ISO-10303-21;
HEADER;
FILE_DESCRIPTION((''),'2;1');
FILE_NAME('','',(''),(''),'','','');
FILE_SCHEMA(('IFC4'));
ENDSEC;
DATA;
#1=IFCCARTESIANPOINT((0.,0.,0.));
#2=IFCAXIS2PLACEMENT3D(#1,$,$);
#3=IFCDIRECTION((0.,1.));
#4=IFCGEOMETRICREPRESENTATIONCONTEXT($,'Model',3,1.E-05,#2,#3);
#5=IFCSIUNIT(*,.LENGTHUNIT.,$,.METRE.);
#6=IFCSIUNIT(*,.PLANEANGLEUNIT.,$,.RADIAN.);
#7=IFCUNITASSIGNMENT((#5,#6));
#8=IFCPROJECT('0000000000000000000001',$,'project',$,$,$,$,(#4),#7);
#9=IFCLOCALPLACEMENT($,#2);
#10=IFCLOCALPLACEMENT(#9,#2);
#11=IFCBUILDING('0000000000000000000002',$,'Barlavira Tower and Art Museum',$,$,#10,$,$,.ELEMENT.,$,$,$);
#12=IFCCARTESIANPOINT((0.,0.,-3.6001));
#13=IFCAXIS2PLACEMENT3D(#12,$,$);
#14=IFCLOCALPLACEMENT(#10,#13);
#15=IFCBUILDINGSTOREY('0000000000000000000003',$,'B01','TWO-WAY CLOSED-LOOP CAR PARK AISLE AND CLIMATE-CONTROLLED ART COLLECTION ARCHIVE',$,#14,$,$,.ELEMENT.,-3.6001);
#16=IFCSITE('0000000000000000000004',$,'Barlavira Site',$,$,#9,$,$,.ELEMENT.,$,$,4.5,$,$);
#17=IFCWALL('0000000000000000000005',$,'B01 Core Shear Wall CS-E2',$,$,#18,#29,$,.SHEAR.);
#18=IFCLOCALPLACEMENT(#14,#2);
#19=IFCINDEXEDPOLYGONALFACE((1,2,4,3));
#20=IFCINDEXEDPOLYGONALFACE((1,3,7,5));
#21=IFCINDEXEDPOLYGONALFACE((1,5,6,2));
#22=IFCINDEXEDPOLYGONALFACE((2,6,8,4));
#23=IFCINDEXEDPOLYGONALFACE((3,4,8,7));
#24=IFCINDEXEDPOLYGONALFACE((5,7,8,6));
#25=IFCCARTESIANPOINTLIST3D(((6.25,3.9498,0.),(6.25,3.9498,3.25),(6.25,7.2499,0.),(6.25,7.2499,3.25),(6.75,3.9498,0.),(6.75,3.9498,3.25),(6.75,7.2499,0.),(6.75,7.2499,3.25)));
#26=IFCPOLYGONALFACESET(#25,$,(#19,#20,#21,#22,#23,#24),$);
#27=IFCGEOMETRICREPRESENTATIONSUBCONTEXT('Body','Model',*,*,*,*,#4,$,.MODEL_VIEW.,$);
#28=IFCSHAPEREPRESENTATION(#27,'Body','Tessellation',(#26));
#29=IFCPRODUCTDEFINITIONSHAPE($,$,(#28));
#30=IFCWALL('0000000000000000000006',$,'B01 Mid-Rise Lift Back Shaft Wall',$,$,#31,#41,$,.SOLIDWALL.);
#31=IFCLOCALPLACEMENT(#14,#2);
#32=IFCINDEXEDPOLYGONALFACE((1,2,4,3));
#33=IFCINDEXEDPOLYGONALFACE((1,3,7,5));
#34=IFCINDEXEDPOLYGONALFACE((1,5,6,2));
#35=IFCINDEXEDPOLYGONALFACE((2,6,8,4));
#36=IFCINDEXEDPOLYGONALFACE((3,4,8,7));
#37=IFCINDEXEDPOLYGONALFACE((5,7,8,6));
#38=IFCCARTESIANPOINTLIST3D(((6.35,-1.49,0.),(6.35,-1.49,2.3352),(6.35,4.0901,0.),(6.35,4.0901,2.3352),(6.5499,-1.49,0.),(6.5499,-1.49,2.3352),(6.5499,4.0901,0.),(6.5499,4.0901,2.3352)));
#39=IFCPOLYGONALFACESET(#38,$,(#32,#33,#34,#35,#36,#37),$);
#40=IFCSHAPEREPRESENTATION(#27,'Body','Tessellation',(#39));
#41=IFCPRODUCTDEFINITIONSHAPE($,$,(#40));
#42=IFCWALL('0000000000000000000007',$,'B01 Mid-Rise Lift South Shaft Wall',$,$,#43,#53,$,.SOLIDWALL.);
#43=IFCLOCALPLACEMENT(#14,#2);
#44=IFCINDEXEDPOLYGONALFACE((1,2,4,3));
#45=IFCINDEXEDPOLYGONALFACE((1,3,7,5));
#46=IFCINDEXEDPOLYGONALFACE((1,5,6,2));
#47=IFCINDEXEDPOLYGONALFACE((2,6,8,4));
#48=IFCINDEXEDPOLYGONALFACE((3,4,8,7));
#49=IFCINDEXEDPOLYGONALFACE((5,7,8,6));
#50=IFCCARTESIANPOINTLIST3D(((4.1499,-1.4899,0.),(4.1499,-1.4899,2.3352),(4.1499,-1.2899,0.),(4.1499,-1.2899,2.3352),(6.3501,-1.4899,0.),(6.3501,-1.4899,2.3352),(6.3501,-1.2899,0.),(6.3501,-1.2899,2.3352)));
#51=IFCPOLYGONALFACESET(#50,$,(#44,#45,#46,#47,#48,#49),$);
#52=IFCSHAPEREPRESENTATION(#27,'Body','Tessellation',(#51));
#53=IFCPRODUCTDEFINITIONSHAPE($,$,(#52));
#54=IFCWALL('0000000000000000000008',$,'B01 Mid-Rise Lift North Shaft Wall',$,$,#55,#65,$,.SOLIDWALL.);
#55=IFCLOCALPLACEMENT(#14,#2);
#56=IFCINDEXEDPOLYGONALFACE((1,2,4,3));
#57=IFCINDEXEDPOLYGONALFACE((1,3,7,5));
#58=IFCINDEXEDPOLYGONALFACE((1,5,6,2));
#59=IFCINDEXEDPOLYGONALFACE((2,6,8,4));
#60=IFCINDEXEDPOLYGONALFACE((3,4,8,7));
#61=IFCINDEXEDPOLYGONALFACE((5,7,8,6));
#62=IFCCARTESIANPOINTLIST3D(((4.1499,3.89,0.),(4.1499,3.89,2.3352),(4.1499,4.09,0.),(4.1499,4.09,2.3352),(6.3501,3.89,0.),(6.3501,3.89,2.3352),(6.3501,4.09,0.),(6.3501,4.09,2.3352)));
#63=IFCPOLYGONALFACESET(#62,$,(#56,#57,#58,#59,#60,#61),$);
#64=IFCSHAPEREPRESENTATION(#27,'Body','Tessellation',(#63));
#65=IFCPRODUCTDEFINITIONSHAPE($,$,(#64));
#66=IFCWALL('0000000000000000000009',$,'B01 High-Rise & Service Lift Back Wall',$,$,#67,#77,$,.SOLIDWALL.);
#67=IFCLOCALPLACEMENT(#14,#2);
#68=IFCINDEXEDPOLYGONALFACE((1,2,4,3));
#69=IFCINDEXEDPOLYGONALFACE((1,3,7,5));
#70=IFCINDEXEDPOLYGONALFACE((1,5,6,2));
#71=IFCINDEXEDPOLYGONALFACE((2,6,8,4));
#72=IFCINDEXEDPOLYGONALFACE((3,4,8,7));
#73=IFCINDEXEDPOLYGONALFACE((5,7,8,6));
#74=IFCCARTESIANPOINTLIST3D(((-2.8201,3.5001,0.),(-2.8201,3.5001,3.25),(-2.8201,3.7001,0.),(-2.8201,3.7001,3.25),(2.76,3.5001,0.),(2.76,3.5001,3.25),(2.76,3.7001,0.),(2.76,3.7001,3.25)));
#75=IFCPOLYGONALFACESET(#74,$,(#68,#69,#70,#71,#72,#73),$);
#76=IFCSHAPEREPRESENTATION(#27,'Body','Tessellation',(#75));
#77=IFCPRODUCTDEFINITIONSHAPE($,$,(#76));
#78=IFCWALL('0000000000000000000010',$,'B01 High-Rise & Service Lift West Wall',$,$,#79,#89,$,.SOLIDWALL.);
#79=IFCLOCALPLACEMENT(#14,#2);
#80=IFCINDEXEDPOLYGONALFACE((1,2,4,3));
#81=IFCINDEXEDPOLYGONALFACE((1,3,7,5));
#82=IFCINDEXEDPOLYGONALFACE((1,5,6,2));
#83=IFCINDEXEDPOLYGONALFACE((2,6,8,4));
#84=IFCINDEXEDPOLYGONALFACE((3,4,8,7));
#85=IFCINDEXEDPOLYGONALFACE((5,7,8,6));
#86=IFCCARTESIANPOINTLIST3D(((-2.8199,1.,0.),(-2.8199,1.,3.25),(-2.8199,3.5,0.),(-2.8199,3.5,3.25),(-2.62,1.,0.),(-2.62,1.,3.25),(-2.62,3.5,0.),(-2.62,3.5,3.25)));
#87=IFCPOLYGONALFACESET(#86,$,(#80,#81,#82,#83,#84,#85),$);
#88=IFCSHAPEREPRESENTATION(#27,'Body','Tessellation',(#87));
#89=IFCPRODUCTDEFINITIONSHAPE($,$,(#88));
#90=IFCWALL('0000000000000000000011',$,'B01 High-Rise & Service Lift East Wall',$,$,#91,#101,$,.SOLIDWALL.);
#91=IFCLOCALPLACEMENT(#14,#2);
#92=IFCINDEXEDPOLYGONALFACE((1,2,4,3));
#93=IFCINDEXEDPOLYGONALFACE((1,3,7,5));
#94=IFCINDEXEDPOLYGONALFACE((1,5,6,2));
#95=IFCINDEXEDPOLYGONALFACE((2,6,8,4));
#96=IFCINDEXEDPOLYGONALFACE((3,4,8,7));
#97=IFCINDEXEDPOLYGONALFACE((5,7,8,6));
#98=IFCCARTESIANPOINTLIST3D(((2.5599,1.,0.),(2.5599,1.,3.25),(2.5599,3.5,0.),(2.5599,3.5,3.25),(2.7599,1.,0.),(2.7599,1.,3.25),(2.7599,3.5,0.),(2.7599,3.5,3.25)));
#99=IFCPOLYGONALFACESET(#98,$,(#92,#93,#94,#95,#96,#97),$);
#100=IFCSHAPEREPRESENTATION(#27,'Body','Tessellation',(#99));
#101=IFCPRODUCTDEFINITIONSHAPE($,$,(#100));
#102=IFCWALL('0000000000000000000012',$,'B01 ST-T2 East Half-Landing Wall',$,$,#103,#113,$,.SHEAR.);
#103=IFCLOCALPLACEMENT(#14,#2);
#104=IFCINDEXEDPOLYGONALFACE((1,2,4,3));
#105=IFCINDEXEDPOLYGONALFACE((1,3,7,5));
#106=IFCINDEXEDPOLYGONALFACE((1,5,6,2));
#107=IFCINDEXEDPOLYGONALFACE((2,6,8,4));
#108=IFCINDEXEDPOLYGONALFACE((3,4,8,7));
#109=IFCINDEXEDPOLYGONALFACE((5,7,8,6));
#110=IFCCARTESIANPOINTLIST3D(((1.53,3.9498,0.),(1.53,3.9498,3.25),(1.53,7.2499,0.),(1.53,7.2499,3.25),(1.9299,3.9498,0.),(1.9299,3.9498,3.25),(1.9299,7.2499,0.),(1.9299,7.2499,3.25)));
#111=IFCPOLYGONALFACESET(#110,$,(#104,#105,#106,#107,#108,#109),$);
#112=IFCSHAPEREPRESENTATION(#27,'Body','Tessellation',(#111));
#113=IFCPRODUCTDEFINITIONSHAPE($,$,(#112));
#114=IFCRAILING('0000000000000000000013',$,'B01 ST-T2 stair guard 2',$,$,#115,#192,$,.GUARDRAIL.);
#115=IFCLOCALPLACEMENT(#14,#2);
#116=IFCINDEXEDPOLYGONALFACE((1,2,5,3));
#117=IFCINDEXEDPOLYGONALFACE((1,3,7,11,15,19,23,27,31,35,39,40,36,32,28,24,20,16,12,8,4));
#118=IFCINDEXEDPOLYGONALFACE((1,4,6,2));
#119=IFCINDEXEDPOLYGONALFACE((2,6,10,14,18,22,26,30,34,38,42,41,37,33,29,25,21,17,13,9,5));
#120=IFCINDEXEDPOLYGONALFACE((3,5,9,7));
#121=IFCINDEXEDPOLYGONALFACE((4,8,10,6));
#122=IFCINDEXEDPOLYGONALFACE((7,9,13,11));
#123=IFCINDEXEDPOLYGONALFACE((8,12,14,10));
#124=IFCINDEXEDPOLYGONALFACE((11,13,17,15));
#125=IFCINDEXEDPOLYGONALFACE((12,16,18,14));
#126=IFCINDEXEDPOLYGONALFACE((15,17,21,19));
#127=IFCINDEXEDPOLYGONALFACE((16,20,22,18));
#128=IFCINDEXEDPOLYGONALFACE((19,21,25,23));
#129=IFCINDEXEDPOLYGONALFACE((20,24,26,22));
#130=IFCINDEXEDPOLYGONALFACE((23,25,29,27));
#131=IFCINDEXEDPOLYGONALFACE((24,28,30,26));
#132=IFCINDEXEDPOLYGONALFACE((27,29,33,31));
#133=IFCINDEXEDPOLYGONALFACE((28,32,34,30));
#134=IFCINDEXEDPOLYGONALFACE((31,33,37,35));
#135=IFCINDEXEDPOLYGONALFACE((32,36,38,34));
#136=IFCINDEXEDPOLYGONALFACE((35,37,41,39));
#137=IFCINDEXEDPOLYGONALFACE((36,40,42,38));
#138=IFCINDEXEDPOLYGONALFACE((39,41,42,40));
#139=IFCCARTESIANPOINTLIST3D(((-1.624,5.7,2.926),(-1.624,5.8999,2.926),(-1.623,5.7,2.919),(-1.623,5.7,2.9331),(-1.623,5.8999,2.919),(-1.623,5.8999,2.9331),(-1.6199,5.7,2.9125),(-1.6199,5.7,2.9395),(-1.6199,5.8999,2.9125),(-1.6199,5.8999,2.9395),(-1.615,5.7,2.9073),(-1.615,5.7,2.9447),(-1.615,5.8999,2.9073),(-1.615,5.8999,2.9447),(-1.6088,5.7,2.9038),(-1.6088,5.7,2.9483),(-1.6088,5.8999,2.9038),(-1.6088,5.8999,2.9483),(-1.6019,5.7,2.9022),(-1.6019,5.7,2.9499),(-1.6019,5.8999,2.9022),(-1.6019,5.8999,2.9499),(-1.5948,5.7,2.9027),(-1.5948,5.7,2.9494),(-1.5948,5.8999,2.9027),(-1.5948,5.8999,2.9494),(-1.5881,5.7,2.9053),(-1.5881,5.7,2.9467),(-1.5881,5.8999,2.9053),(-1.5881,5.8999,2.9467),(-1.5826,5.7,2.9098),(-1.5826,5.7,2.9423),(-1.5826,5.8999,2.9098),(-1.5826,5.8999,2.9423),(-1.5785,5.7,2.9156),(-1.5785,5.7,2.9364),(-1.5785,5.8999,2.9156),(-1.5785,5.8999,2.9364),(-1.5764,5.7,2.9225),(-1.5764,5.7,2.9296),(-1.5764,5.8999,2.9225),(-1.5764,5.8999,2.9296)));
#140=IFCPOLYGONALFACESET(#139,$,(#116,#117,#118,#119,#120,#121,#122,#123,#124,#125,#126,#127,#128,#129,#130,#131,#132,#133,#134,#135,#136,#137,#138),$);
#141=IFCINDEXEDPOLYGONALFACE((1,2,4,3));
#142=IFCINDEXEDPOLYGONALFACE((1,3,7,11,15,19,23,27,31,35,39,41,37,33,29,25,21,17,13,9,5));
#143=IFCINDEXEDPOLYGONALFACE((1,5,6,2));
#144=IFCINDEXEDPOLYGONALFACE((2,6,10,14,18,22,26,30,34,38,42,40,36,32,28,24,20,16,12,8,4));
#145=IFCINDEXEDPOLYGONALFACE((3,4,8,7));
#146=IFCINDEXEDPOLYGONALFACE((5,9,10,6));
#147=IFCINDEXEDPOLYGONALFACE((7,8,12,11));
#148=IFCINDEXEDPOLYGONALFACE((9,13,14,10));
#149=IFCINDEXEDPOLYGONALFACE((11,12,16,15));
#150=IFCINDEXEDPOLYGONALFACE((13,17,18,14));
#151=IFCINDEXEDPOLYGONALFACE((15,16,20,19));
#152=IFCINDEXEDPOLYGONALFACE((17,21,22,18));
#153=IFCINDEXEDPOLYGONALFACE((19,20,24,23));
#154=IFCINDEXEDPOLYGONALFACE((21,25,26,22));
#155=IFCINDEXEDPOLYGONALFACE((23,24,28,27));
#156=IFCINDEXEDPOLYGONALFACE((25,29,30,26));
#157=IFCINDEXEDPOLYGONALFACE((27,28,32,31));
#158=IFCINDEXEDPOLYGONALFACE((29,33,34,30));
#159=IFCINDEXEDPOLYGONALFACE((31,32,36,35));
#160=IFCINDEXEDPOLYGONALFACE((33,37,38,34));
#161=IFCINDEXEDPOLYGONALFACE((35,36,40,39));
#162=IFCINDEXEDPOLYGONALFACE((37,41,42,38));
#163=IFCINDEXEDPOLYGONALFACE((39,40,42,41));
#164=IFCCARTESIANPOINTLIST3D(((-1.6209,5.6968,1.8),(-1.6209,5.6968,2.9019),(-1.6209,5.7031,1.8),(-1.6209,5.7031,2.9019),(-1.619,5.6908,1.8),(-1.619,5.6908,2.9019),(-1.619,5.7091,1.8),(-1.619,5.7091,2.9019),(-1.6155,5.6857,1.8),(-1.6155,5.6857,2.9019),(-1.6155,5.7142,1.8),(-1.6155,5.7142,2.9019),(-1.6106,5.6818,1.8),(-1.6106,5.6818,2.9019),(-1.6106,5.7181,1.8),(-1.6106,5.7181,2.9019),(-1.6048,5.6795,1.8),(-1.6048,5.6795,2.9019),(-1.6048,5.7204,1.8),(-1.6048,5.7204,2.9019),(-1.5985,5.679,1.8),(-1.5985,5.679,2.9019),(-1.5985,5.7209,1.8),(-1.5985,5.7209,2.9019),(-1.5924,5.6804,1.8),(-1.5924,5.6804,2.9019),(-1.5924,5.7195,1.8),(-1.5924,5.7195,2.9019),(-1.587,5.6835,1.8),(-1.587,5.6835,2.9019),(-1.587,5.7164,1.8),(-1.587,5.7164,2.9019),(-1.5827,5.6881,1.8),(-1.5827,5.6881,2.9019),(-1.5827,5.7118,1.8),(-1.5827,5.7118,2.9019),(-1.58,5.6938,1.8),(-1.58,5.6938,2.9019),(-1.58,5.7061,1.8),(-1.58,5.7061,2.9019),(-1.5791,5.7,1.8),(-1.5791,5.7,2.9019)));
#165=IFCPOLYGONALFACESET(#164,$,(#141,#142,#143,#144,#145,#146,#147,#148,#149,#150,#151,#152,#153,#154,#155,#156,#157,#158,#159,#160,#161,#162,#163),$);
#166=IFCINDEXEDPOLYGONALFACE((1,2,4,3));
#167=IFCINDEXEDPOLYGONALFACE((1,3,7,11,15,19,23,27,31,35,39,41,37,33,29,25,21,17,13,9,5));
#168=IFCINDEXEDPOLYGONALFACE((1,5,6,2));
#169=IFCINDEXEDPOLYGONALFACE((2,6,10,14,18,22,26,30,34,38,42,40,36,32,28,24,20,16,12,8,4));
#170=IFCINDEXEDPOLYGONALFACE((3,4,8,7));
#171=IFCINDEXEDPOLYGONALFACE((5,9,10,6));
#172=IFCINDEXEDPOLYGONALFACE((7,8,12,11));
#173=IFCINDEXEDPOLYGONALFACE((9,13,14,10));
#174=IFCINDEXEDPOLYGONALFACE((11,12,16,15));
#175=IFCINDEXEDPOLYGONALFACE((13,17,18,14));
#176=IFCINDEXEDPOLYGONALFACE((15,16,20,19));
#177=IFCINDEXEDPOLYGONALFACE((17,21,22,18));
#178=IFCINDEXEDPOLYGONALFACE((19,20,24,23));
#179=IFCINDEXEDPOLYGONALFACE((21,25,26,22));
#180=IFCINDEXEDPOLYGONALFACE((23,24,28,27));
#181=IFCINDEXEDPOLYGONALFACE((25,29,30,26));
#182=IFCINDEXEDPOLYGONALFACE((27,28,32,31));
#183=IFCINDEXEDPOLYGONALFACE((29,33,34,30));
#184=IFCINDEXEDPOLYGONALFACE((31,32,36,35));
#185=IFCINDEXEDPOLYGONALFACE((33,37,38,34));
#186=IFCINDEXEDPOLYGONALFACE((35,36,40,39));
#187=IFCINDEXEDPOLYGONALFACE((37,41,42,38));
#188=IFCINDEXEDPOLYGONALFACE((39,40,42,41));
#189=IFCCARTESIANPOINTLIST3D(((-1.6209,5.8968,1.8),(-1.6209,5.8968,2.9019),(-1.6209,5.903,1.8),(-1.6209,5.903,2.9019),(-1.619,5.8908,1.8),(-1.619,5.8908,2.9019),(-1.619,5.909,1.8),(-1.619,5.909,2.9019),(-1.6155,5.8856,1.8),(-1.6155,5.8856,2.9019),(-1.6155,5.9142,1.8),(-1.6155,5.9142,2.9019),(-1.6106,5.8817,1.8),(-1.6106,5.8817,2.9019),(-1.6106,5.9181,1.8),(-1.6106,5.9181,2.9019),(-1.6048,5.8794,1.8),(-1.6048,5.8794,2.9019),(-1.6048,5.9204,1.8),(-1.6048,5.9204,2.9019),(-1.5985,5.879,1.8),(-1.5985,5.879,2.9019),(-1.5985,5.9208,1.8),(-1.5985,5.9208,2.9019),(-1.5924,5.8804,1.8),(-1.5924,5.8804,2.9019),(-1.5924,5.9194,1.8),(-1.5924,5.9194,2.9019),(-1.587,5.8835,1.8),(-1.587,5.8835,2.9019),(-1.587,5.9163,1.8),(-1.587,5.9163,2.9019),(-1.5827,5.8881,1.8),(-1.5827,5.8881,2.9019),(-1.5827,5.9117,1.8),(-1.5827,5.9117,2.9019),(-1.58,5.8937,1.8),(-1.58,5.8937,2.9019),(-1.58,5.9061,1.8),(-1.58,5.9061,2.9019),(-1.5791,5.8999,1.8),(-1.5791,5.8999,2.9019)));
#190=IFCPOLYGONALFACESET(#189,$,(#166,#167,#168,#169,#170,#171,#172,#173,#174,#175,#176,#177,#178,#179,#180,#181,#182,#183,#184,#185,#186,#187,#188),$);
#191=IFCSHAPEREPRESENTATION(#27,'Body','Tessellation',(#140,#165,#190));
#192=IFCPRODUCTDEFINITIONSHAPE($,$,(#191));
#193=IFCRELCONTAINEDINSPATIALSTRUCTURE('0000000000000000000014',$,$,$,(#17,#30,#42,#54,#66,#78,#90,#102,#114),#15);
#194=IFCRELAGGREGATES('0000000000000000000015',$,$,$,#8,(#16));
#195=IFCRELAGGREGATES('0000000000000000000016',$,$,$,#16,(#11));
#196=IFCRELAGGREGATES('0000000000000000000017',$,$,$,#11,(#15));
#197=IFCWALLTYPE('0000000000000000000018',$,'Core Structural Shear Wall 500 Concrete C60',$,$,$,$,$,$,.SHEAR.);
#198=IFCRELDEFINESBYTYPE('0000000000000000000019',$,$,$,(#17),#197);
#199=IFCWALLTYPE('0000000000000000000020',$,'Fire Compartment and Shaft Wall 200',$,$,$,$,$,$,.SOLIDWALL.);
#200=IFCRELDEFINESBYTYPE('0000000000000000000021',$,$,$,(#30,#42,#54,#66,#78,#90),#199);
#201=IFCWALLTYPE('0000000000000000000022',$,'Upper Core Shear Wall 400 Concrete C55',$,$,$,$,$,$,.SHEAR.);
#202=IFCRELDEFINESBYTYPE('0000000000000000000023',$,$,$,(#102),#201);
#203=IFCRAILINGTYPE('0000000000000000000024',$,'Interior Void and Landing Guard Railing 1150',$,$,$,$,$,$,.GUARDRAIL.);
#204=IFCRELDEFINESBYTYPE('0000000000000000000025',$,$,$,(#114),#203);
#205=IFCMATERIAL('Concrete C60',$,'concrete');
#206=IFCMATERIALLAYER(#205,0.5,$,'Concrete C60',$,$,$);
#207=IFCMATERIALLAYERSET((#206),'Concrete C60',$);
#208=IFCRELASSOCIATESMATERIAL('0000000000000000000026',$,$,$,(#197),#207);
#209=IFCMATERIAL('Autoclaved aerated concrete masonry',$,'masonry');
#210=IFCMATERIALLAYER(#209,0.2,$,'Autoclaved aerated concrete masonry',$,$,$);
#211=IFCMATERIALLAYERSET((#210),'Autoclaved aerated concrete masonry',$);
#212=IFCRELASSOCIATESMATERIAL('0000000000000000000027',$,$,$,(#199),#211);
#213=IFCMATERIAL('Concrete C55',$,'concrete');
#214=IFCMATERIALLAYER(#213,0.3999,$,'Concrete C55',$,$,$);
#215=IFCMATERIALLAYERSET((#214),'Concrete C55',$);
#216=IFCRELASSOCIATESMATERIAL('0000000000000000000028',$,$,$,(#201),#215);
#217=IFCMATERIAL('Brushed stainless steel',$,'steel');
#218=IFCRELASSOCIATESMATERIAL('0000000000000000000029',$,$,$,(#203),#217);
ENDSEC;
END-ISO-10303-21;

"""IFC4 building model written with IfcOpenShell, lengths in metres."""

from ifc_helpers import new_model, si_unit, direction, frame, frame_2d, origin, origin_2d, place, context, subcontext, project, spatial, rectangle, circle, extrude, material, layer, layer_set, type_object, element, save


model = new_model("IFC4")

# Units and contexts
model_context = context("Model", 3, precision=1e-05, world=origin(), true_north=direction((0.0, 1.0)))
body_context = subcontext(model_context, "Body", "Model", "MODEL_VIEW")
ifc_project = project(units=[si_unit("LENGTHUNIT", "METRE"), si_unit("PLANEANGLEUNIT", "RADIAN")], contexts=[model_context])

# Site, building, storey
site_placement = place(None, origin())
site = spatial("IfcSite", under=ifc_project, at=site_placement, Name="Barlavira Site", CompositionType="ELEMENT", RefElevation=4.5)
building_placement = place(site_placement, origin())
building = spatial("IfcBuilding", under=site, at=building_placement, Name="Barlavira Tower and Art Museum", CompositionType="ELEMENT")
storey_placement = place(building_placement, frame((0.0, 0.0, -3.6001)))
storey = spatial("IfcBuildingStorey", under=building, at=storey_placement, Name="B01", Description="TWO-WAY CLOSED-LOOP CAR PARK AISLE AND CLIMATE-CONTROLLED ART COLLECTION ARCHIVE", CompositionType="ELEMENT", Elevation=-3.6001)

# Wall
ifc_material_1 = material(Name="Concrete C60", Category="concrete")
ifc_layer_1 = layer(ifc_material_1, 0.5, Name="Concrete C60")
ifc_layer_set_1 = layer_set([ifc_layer_1], Name="Concrete C60")
wall_type_1 = type_object("IfcWallType", Name="Core Structural Shear Wall 500 Concrete C60", PredefinedType="SHEAR", material=ifc_layer_set_1)
wall_1_placement = place(storey_placement, frame((6.5, 3.95, 0.0), z_axis=(0.0, 0.0, 1.0), x_axis=(0.0, 1.0, 0.0)))
element("IfcWall", 1, at=wall_1_placement, inside=storey, type_object=wall_type_1, Name="B01 Core Shear Wall CS-E2", PredefinedType="SHEAR", context=body_context, shape_type="SweptSolid", body=[
    extrude(rectangle(XDim=3.3, YDim=0.5, at=frame_2d((1.6499, 0.0))), origin(), (0.0, 0.0, 1.0), 3.25),
])

# Shared definitions
ifc_material_2 = material(Name="Autoclaved aerated concrete masonry", Category="masonry")
ifc_layer_2 = layer(ifc_material_2, 0.2, Name="Autoclaved aerated concrete masonry")
ifc_layer_set_2 = layer_set([ifc_layer_2], Name="Autoclaved aerated concrete masonry")
wall_type_2 = type_object("IfcWallType", Name="Fire Compartment and Shaft Wall 200", PredefinedType="SOLIDWALL", material=ifc_layer_set_2)
ifc_material_3 = material(Name="Brushed stainless steel", Category="steel")

# Walls
wall_2_placement = place(storey_placement, frame((6.45, -1.49, 0.0), z_axis=(0.0, 0.0, 1.0), x_axis=(0.0, 1.0, 0.0)))
element("IfcWall", 2, at=wall_2_placement, inside=storey, type_object=wall_type_2, Name="B01 Mid-Rise Lift Back Shaft Wall", PredefinedType="SOLIDWALL", context=body_context, shape_type="SweptSolid", body=[
    extrude(rectangle(XDim=5.5801, YDim=0.2, at=frame_2d((2.79, 0.0))), origin(), (0.0, 0.0, 1.0), 2.3352),
])
for number, where, z_axis, x_axis, name in (
    (3, (4.1499, -1.3899, 0.0), (0.0, 0.0, 1.0), (1.0, 0.0, 0.0), "B01 Mid-Rise Lift South Shaft Wall"),
    (4, (4.1499, 3.99, 0.0), (0.0, 0.0, 1.0), (1.0, 0.0, 0.0), "B01 Mid-Rise Lift North Shaft Wall"),
):
    element("IfcWall", number, at=place(storey_placement, frame(where, z_axis=z_axis, x_axis=x_axis)), inside=storey, type_object=wall_type_2, Name=name, PredefinedType="SOLIDWALL", context=body_context, shape_type="SweptSolid", body=[
        extrude(rectangle(XDim=2.2002, YDim=0.2, at=frame_2d((1.1001, 0.0))), origin(), (0.0, 0.0, 1.0), 2.3352),
    ])
wall_3_placement = place(storey_placement, frame((-2.8201, 3.6001, 0.0), z_axis=(0.0, 0.0, 1.0), x_axis=(1.0, 0.0, 0.0)))
element("IfcWall", 5, at=wall_3_placement, inside=storey, type_object=wall_type_2, Name="B01 High-Rise & Service Lift Back Wall", PredefinedType="SOLIDWALL", context=body_context, shape_type="SweptSolid", body=[
    extrude(rectangle(XDim=5.5801, YDim=0.2, at=frame_2d((2.79, 0.0))), origin(), (0.0, 0.0, 1.0), 3.25),
])
for number, where, z_axis, x_axis, name in (
    (6, (-2.72, 1.0, 0.0), (0.0, 0.0, 1.0), (0.0, 1.0, 0.0), "B01 High-Rise & Service Lift West Wall"),
    (7, (2.6599, 1.0, 0.0), (0.0, 0.0, 1.0), (0.0, 1.0, 0.0), "B01 High-Rise & Service Lift East Wall"),
):
    element("IfcWall", number, at=place(storey_placement, frame(where, z_axis=z_axis, x_axis=x_axis)), inside=storey, type_object=wall_type_2, Name=name, PredefinedType="SOLIDWALL", context=body_context, shape_type="SweptSolid", body=[
        extrude(rectangle(XDim=2.5, YDim=0.2, at=frame_2d((1.25, 0.0))), origin(), (0.0, 0.0, 1.0), 3.25),
    ])

# Wall
ifc_material_4 = material(Name="Concrete C55", Category="concrete")
ifc_layer_3 = layer(ifc_material_4, 0.3999, Name="Concrete C55")
ifc_layer_set_3 = layer_set([ifc_layer_3], Name="Concrete C55")
wall_type_3 = type_object("IfcWallType", Name="Upper Core Shear Wall 400 Concrete C55", PredefinedType="SHEAR", material=ifc_layer_set_3)
wall_4_placement = place(storey_placement, frame((1.73, 3.95, 0.0), z_axis=(0.0, 0.0, 1.0), x_axis=(0.0, 1.0, 0.0)))
element("IfcWall", 8, at=wall_4_placement, inside=storey, type_object=wall_type_3, Name="B01 ST-T2 East Half-Landing Wall", PredefinedType="SHEAR", context=body_context, shape_type="SweptSolid", body=[
    extrude(rectangle(XDim=3.3, YDim=0.3999, at=frame_2d((1.6499, 0.0))), origin(), (0.0, 0.0, 1.0), 3.25),
])

# Railing
railing_type = type_object("IfcRailingType", Name="Interior Void and Landing Guard Railing 1150", PredefinedType="GUARDRAIL", material=ifc_material_3)
railing_placement = place(storey_placement, frame((-1.6001, 5.7, 1.8)))
element("IfcRailing", 9, at=railing_placement, inside=storey, type_object=railing_type, Name="B01 ST-T2 stair guard 2", PredefinedType="GUARDRAIL", context=body_context, shape_type="SweptSolid", body=[
    extrude(circle(Radius=0.0239, at=origin_2d()), frame((0.0, 0.0, 1.126), z_axis=(0.0, 1.0, 0.0), x_axis=(-1.0, 0.0, 0.0)), (0.0, 0.0, 1.0), 0.2),
    extrude(circle(Radius=0.021, at=origin_2d()), origin(), (0.0, 0.0, 1.0), 1.1018),
    extrude(circle(Radius=0.021, at=origin_2d()), frame((0.0, 0.2, 0.0)), (0.0, 0.0, 1.0), 1.1018),
])

save(model, "model.ifc")
